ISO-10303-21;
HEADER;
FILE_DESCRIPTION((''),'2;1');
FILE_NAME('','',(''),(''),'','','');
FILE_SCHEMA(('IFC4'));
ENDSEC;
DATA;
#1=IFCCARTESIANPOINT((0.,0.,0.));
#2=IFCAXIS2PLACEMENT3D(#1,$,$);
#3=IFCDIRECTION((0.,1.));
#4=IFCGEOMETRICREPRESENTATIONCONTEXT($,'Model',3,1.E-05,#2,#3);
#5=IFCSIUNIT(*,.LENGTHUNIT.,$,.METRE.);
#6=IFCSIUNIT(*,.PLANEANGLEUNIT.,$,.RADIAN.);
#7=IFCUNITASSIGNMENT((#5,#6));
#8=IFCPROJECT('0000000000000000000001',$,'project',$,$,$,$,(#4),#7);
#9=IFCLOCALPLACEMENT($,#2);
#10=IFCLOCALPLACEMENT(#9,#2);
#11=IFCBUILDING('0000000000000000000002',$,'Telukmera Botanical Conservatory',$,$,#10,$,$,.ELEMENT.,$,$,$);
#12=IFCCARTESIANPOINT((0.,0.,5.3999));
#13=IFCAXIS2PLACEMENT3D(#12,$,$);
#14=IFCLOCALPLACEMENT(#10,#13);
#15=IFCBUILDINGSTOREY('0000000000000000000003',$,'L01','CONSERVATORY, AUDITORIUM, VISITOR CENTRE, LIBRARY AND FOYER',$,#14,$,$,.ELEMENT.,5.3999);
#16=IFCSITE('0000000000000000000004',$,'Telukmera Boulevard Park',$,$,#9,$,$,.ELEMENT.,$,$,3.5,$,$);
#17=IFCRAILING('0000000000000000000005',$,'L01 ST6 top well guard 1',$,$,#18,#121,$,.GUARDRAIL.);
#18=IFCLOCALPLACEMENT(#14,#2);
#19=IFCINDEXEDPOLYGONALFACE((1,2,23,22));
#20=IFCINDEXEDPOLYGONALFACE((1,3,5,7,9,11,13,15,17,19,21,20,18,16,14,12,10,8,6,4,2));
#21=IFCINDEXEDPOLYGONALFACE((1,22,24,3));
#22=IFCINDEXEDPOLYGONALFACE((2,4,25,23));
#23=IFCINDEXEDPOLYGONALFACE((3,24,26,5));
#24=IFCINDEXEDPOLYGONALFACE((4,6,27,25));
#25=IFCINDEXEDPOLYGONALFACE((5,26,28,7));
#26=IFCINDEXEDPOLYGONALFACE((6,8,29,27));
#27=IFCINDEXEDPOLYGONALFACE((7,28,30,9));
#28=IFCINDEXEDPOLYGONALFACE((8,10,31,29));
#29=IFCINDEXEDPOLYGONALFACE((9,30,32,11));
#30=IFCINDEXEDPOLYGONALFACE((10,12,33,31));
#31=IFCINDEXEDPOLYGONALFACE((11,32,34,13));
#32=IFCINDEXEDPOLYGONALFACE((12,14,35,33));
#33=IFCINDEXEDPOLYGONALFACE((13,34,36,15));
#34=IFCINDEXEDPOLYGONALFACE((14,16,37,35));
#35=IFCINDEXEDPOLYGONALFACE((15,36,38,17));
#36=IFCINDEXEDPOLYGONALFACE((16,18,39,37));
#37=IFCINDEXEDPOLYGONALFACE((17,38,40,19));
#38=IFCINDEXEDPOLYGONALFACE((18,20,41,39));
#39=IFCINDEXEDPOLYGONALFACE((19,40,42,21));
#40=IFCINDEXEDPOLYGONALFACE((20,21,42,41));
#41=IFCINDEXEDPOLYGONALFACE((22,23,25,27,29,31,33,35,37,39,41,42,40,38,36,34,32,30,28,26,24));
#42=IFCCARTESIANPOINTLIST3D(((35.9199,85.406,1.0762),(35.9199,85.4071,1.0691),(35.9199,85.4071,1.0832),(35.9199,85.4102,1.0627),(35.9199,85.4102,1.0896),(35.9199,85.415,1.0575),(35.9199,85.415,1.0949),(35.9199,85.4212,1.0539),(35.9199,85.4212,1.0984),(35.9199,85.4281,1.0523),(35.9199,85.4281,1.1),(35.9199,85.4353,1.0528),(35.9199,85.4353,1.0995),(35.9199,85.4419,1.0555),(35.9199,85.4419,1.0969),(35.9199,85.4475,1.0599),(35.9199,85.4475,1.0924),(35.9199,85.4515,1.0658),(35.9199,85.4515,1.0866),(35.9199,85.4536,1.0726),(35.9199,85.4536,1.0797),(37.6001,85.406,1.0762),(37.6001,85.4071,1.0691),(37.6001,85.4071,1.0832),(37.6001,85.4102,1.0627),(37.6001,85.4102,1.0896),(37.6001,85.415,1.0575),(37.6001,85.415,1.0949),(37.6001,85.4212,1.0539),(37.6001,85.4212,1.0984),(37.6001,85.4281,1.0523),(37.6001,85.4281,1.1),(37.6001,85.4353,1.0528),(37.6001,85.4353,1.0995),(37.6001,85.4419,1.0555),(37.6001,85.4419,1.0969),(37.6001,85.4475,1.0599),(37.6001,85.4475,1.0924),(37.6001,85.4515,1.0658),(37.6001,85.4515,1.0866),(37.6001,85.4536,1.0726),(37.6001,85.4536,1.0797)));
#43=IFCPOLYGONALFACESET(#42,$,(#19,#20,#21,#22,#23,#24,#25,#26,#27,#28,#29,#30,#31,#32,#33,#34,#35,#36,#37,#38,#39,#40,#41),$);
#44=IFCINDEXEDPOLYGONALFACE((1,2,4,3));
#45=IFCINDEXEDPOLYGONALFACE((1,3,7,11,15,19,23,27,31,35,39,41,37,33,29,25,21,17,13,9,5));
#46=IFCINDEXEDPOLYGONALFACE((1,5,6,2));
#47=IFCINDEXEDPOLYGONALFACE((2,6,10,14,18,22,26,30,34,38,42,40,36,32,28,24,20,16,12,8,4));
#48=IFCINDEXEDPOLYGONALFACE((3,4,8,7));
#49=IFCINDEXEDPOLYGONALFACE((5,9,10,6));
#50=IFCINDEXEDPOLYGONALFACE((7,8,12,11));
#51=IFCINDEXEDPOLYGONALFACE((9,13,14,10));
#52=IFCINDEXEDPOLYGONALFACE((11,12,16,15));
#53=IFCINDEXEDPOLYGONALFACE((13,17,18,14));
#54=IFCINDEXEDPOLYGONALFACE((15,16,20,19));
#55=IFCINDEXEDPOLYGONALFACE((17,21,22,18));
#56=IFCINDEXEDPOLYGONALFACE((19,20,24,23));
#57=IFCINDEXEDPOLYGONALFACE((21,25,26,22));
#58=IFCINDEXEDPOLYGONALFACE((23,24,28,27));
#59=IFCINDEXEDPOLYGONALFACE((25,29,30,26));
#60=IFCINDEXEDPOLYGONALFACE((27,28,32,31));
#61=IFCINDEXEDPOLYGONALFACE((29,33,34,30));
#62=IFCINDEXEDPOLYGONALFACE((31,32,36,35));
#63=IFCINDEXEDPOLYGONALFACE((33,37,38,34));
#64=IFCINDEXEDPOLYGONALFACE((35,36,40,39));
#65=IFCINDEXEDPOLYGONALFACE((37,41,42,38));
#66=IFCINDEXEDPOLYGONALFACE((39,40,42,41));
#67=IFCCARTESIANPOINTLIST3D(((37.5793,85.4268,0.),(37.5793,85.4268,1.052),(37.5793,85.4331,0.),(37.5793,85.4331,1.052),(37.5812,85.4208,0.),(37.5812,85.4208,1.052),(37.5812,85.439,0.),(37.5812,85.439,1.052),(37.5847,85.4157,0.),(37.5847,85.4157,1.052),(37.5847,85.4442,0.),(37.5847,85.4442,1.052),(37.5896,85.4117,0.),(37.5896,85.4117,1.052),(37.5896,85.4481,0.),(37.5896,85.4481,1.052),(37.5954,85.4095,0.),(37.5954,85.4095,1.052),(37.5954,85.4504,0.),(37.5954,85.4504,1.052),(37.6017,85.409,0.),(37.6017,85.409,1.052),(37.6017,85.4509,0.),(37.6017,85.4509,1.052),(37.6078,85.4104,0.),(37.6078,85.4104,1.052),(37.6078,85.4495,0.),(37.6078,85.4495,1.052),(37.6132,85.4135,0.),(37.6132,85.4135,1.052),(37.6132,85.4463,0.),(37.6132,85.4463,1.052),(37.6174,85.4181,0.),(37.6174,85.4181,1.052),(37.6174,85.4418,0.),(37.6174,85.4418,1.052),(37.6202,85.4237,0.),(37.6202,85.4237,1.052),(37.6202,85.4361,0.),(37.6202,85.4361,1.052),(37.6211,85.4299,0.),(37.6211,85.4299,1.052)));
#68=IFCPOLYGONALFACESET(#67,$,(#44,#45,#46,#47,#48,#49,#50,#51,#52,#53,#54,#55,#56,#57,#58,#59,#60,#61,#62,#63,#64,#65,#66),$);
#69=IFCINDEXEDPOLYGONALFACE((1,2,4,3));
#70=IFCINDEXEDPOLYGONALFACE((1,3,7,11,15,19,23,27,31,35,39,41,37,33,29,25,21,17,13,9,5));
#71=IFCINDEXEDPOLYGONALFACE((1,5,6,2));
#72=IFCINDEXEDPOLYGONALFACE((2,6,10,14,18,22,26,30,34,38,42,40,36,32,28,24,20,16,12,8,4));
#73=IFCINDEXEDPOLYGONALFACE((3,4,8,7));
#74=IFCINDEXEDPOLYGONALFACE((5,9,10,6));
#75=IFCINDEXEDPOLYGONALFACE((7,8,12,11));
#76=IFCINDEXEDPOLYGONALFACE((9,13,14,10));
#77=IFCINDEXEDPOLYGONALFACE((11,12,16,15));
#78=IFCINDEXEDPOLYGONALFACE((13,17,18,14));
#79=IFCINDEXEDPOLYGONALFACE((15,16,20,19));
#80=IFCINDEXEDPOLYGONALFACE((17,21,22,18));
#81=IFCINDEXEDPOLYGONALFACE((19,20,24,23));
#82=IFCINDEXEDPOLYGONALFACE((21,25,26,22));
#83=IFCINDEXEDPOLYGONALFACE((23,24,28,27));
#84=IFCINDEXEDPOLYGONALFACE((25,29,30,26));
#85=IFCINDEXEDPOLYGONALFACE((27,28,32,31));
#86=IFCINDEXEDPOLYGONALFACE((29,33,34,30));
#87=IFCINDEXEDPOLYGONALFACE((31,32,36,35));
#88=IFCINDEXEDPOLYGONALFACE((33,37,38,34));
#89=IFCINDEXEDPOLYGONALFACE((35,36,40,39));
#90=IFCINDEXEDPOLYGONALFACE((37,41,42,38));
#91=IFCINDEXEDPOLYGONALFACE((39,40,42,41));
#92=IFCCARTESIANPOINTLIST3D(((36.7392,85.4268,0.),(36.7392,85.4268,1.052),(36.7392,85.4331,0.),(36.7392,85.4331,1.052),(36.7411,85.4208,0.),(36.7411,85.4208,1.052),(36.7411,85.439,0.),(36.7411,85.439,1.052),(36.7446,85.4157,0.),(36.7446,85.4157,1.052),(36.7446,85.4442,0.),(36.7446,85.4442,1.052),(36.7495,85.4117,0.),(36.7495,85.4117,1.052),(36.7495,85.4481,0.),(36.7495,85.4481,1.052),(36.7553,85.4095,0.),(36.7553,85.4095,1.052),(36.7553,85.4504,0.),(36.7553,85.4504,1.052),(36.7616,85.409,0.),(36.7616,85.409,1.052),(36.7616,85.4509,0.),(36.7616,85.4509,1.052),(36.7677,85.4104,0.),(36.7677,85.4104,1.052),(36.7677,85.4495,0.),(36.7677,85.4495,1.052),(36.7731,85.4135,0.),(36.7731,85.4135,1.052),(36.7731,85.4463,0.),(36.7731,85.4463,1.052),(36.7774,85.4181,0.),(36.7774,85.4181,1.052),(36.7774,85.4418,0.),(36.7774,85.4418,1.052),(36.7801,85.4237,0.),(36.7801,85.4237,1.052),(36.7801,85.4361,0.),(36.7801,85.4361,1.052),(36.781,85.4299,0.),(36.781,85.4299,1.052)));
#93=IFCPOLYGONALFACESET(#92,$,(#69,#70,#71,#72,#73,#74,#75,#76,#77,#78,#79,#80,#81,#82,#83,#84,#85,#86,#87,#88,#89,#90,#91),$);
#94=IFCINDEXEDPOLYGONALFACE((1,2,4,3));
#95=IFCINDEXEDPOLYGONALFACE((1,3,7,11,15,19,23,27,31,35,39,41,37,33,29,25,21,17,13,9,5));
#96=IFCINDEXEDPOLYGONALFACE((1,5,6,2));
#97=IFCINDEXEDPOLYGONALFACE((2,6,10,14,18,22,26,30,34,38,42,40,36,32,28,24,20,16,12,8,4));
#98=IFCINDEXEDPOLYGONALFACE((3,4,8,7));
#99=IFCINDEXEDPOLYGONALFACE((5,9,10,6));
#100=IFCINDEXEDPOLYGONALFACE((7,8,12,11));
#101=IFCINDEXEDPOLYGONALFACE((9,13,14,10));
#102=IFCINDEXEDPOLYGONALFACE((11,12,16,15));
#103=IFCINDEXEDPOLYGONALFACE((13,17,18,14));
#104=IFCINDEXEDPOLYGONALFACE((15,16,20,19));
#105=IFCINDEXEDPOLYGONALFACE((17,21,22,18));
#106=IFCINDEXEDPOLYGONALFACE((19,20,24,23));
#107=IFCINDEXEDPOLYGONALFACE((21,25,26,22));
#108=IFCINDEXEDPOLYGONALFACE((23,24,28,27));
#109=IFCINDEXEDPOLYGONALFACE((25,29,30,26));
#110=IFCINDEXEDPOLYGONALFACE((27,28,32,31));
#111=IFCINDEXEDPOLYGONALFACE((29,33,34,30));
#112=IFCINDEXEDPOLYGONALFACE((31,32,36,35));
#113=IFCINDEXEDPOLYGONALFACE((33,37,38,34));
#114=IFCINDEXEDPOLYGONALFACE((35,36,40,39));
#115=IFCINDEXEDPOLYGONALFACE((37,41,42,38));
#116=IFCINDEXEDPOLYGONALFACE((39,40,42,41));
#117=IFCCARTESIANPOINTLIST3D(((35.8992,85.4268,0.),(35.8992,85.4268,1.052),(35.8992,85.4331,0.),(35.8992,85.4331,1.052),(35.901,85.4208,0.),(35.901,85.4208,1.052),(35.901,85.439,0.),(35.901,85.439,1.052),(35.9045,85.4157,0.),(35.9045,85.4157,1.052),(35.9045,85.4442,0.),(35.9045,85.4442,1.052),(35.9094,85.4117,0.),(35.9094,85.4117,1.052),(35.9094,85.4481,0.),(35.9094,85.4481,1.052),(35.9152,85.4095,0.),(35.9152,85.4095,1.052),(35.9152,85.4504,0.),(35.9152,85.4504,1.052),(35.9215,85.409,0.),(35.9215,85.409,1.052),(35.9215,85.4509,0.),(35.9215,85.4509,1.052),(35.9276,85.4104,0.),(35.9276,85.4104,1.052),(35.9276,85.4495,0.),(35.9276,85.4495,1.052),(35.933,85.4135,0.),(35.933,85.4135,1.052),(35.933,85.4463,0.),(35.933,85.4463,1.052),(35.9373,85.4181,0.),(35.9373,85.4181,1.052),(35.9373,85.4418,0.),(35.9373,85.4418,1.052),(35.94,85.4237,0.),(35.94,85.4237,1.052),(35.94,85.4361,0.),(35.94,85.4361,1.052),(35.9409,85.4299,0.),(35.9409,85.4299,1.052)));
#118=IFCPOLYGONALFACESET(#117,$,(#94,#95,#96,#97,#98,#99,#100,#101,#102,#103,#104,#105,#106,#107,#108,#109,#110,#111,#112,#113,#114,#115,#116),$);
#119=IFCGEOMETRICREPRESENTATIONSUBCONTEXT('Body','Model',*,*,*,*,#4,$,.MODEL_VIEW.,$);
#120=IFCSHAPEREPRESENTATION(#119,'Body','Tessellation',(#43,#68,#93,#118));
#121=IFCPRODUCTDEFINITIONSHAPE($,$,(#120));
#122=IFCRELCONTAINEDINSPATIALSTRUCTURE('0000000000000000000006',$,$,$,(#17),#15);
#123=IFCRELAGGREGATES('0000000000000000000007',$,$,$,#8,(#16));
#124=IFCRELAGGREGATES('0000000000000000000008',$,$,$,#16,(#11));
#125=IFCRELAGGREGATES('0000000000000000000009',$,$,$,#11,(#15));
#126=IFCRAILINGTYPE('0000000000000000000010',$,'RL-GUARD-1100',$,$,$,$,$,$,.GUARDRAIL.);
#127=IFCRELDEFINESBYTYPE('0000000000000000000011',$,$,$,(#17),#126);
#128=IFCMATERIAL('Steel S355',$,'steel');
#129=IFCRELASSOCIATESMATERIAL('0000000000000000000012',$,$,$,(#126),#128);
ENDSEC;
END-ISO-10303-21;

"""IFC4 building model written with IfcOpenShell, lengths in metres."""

from ifc_helpers import new_model, si_unit, direction, frame, origin, origin_2d, place, context, subcontext, project, spatial, circle, extrude, material, type_object, element, save


model = new_model("IFC4")

# Units and contexts
model_context = context("Model", 3, precision=1e-05, world=origin(), true_north=direction((0.0, 1.0)))
body_context = subcontext(model_context, "Body", "Model", "MODEL_VIEW")
ifc_project = project(units=[si_unit("LENGTHUNIT", "METRE"), si_unit("PLANEANGLEUNIT", "RADIAN")], contexts=[model_context])

# Site, building, storey
site_placement = place(None, origin())
site = spatial("IfcSite", under=ifc_project, at=site_placement, Name="Telukmera Boulevard Park", CompositionType="ELEMENT", RefElevation=3.5)
building_placement = place(site_placement, origin())
building = spatial("IfcBuilding", under=site, at=building_placement, Name="Telukmera Botanical Conservatory", CompositionType="ELEMENT")
storey_placement = place(building_placement, frame((0.0, 0.0, 5.3999)))
storey = spatial("IfcBuildingStorey", under=building, at=storey_placement, Name="L01", Description="CONSERVATORY, AUDITORIUM, VISITOR CENTRE, LIBRARY AND FOYER", CompositionType="ELEMENT", Elevation=5.3999)

# Railing
ifc_material_1 = material(Name="Steel S355", Category="steel")
railing_type = type_object("IfcRailingType", Name="RL-GUARD-1100", PredefinedType="GUARDRAIL", material=ifc_material_1)
railing_placement = place(storey_placement, frame((37.6001, 85.4299, 0.0)))
element("IfcRailing", 1, at=railing_placement, inside=storey, type_object=railing_type, Name="L01 ST6 top well guard 1", PredefinedType="GUARDRAIL", context=body_context, shape_type="SweptSolid", body=[
    extrude(circle(Radius=0.0239, at=origin_2d()), frame((0.0, 0.0, 1.0762), z_axis=(-1.0, 0.0, 0.0), x_axis=(0.0, -1.0, 0.0)), (0.0, 0.0, 1.0), 1.6802),
    extrude(circle(Radius=0.021, at=origin_2d()), origin(), (0.0, 0.0, 1.0), 1.052),
    extrude(circle(Radius=0.021, at=origin_2d()), frame((-0.8401, 0.0, 0.0)), (0.0, 0.0, 1.0), 1.052),
    extrude(circle(Radius=0.021, at=origin_2d()), frame((-1.6802, 0.0, 0.0)), (0.0, 0.0, 1.0), 1.052),
])

save(model, "model.ifc")
